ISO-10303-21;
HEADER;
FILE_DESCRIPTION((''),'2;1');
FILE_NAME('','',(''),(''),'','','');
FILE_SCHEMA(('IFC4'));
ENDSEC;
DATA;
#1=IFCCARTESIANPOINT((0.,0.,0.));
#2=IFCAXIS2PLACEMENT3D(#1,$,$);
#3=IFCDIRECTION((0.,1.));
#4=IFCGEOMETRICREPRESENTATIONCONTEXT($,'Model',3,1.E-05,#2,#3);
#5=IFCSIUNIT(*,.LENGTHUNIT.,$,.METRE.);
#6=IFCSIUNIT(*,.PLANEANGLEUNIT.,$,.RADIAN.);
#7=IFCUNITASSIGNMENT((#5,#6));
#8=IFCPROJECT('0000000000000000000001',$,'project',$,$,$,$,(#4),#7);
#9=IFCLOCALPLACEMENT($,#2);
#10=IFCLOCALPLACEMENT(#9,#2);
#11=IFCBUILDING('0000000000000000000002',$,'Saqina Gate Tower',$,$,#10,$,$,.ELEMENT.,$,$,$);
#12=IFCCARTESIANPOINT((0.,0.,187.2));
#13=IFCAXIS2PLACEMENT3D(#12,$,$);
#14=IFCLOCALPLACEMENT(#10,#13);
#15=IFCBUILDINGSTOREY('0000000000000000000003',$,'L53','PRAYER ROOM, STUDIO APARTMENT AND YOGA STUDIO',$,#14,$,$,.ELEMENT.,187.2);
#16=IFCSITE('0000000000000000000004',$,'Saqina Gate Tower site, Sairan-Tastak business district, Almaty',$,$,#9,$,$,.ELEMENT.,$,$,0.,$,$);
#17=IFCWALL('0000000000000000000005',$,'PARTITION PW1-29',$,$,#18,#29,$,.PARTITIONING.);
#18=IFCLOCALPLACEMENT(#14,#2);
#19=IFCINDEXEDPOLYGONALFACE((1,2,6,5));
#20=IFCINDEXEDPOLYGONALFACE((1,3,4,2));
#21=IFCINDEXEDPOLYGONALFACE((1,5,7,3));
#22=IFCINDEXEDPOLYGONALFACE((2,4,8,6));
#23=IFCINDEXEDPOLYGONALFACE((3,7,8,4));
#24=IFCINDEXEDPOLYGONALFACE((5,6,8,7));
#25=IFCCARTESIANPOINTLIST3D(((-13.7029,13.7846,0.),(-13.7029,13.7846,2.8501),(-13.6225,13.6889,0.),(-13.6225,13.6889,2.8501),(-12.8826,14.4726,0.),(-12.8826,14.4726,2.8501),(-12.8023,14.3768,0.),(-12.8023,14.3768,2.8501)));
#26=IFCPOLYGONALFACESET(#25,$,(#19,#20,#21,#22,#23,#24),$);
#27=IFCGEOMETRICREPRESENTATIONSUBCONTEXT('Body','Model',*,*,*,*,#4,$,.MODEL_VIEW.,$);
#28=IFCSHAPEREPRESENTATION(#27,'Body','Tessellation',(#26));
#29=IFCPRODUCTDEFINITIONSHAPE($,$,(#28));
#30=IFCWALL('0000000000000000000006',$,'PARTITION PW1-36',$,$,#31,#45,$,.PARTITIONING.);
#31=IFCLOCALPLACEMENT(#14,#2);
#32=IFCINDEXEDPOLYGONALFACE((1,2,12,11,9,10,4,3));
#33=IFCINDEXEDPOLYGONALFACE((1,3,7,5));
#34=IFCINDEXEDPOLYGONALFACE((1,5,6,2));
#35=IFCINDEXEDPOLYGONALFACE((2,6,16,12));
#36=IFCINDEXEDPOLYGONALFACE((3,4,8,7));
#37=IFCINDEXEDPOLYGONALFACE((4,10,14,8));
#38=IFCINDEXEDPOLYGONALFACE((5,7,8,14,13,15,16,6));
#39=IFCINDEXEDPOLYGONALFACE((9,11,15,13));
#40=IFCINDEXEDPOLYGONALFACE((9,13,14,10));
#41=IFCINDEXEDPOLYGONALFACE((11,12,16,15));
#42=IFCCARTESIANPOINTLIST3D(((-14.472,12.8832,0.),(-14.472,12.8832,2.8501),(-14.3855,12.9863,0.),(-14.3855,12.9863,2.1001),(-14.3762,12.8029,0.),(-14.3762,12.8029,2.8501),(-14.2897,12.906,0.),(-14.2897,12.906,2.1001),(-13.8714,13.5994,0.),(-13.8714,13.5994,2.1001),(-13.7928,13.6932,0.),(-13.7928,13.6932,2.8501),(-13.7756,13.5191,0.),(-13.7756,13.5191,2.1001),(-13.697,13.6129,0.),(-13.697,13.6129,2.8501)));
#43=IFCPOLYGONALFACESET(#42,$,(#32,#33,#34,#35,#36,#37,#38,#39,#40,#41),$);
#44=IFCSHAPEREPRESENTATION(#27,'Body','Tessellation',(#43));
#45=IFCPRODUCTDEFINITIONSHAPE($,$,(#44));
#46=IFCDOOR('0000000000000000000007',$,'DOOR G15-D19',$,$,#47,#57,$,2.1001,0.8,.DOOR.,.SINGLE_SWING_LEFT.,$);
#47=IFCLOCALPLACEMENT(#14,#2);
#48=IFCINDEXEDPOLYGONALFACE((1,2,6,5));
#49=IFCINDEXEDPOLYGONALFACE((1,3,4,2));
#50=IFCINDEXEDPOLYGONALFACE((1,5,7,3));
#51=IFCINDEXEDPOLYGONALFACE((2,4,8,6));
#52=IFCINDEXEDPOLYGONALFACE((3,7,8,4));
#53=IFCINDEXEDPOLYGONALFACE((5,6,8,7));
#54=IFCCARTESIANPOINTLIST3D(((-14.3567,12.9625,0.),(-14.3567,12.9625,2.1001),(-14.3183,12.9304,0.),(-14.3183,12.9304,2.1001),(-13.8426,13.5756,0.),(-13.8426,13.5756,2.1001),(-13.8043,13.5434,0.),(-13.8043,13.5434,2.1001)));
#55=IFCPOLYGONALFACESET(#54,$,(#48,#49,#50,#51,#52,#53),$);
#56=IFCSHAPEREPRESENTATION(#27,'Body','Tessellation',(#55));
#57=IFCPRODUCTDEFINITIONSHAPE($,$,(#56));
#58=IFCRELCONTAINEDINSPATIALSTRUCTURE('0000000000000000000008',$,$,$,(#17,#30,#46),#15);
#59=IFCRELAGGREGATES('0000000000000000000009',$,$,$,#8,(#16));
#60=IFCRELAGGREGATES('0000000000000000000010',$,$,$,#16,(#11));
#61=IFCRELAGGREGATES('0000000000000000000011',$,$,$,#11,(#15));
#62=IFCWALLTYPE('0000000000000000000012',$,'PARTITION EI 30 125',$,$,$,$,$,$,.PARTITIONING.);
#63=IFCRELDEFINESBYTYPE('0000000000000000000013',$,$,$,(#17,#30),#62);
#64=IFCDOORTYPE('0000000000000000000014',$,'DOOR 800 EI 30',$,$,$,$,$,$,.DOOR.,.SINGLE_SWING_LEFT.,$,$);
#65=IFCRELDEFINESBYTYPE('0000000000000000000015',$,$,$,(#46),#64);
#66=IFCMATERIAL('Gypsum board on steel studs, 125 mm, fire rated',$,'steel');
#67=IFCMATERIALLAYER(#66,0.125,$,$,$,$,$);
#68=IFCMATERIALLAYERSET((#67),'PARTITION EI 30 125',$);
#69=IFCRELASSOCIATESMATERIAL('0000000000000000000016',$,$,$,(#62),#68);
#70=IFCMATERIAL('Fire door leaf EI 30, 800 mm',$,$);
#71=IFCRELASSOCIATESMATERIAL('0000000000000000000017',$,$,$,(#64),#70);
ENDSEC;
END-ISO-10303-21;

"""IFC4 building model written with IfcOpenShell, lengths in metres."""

from ifc_helpers import new_model, si_unit, direction, frame, frame_2d, origin, place, context, subcontext, project, spatial, rectangle, extrude, material, layer, layer_set, type_object, element, fill, save


model = new_model("IFC4")

# Units and contexts
model_context = context("Model", 3, precision=1e-05, world=origin(), true_north=direction((0.0, 1.0)))
body_context = subcontext(model_context, "Body", "Model", "MODEL_VIEW")
ifc_project = project(units=[si_unit("LENGTHUNIT", "METRE"), si_unit("PLANEANGLEUNIT", "RADIAN")], contexts=[model_context])

# Site, building, storey
site_placement = place(None, origin())
site = spatial("IfcSite", under=ifc_project, at=site_placement, Name="Saqina Gate Tower site, Sairan-Tastak business district, Almaty", CompositionType="ELEMENT", RefElevation=0.0)
building_placement = place(site_placement, origin())
building = spatial("IfcBuilding", under=site, at=building_placement, Name="Saqina Gate Tower", CompositionType="ELEMENT")
storey_placement = place(building_placement, frame((0.0, 0.0, 187.2)))
storey = spatial("IfcBuildingStorey", under=building, at=storey_placement, Name="L53", Description="PRAYER ROOM, STUDIO APARTMENT AND YOGA STUDIO", CompositionType="ELEMENT", Elevation=187.2)

# Shared definitions
ifc_material_1 = material(Name="Gypsum board on steel studs, 125 mm, fire rated", Category="steel")
ifc_layer_1 = layer(ifc_material_1, 0.125)
ifc_layer_set_1 = layer_set([ifc_layer_1], Name="PARTITION EI 30 125")
wall_type_1 = type_object("IfcWallType", Name="PARTITION EI 30 125", PredefinedType="PARTITIONING", material=ifc_layer_set_1)

# Wall
wall_1_placement = place(storey_placement, frame((-13.6626, 13.7368, 0.0), z_axis=(0.0, 0.0, 1.0), x_axis=(0.766199, 0.642604, 0.0)))
element("IfcWall", 1, at=wall_1_placement, inside=storey, type_object=wall_type_1, Name="PARTITION PW1-29", PredefinedType="PARTITIONING", context=body_context, shape_type="SweptSolid", body=[
    extrude(rectangle(XDim=1.0706, YDim=0.125, at=frame_2d((0.5352, 0.0))), origin(), (0.0, 0.0, 1.0), 2.8501),
])

# Wall, opening, door
wall_2_placement = place(storey_placement, frame((-14.4241, 12.843, 0.0), z_axis=(0.0, 0.0, 1.0), x_axis=(0.642499, 0.766287, 0.0)))
wall_2 = element("IfcWall", 2, at=wall_2_placement, inside=storey, type_object=wall_type_1, Name="PARTITION PW1-36", PredefinedType="PARTITIONING", context=body_context, shape_type="SweptSolid", body=[
    extrude(rectangle(XDim=1.0571, YDim=0.125, at=frame_2d((0.5286, 0.0))), origin(), (0.0, 0.0, 1.0), 2.8501),
])
opening_1_placement = place(wall_2_placement, frame((0.1348, 0.0, 0.0)))
opening_1 = element("IfcOpeningElement", 3, at=opening_1_placement, cuts=wall_2, PredefinedType="OPENING", context=body_context, shape_type="SweptSolid", body=[
    extrude(rectangle(XDim=0.8, YDim=2.1001, at=frame_2d((0.3999, 1.05))), frame((0.0, 0.0745, 0.0), z_axis=(0.0, -1.0, 0.0), x_axis=(1.0, 0.0, 0.0)), (0.0, 0.0, 1.0), 0.1489),
])
ifc_material_2 = material(Name="Fire door leaf EI 30, 800 mm")
door_type_1 = type_object("IfcDoorType", Name="DOOR 800 EI 30", OperationType="SINGLE_SWING_LEFT", PredefinedType="DOOR", material=ifc_material_2)
door_1_placement = place(opening_1_placement, frame((0.8, 0.0, 0.0), z_axis=(0.0, 0.0, 1.0), x_axis=(-1.0, 0.0, 0.0)))
door_1 = element("IfcDoor", 4, at=door_1_placement, inside=storey, type_object=door_type_1, Name="DOOR G15-D19", OperationType="SINGLE_SWING_LEFT", OverallHeight=2.1001, OverallWidth=0.8, PredefinedType="DOOR", context=body_context, shape_type="SweptSolid", body=[
    extrude(rectangle(XDim=0.8, YDim=2.1001, at=frame_2d((0.3999, 1.05))), frame((0.0, 0.0249, 0.0), z_axis=(0.0, -1.0, 0.0), x_axis=(1.0, 0.0, 0.0)), (0.0, 0.0, 1.0), 0.05),
])
fill(opening_1, door_1)

save(model, "model.ifc")
